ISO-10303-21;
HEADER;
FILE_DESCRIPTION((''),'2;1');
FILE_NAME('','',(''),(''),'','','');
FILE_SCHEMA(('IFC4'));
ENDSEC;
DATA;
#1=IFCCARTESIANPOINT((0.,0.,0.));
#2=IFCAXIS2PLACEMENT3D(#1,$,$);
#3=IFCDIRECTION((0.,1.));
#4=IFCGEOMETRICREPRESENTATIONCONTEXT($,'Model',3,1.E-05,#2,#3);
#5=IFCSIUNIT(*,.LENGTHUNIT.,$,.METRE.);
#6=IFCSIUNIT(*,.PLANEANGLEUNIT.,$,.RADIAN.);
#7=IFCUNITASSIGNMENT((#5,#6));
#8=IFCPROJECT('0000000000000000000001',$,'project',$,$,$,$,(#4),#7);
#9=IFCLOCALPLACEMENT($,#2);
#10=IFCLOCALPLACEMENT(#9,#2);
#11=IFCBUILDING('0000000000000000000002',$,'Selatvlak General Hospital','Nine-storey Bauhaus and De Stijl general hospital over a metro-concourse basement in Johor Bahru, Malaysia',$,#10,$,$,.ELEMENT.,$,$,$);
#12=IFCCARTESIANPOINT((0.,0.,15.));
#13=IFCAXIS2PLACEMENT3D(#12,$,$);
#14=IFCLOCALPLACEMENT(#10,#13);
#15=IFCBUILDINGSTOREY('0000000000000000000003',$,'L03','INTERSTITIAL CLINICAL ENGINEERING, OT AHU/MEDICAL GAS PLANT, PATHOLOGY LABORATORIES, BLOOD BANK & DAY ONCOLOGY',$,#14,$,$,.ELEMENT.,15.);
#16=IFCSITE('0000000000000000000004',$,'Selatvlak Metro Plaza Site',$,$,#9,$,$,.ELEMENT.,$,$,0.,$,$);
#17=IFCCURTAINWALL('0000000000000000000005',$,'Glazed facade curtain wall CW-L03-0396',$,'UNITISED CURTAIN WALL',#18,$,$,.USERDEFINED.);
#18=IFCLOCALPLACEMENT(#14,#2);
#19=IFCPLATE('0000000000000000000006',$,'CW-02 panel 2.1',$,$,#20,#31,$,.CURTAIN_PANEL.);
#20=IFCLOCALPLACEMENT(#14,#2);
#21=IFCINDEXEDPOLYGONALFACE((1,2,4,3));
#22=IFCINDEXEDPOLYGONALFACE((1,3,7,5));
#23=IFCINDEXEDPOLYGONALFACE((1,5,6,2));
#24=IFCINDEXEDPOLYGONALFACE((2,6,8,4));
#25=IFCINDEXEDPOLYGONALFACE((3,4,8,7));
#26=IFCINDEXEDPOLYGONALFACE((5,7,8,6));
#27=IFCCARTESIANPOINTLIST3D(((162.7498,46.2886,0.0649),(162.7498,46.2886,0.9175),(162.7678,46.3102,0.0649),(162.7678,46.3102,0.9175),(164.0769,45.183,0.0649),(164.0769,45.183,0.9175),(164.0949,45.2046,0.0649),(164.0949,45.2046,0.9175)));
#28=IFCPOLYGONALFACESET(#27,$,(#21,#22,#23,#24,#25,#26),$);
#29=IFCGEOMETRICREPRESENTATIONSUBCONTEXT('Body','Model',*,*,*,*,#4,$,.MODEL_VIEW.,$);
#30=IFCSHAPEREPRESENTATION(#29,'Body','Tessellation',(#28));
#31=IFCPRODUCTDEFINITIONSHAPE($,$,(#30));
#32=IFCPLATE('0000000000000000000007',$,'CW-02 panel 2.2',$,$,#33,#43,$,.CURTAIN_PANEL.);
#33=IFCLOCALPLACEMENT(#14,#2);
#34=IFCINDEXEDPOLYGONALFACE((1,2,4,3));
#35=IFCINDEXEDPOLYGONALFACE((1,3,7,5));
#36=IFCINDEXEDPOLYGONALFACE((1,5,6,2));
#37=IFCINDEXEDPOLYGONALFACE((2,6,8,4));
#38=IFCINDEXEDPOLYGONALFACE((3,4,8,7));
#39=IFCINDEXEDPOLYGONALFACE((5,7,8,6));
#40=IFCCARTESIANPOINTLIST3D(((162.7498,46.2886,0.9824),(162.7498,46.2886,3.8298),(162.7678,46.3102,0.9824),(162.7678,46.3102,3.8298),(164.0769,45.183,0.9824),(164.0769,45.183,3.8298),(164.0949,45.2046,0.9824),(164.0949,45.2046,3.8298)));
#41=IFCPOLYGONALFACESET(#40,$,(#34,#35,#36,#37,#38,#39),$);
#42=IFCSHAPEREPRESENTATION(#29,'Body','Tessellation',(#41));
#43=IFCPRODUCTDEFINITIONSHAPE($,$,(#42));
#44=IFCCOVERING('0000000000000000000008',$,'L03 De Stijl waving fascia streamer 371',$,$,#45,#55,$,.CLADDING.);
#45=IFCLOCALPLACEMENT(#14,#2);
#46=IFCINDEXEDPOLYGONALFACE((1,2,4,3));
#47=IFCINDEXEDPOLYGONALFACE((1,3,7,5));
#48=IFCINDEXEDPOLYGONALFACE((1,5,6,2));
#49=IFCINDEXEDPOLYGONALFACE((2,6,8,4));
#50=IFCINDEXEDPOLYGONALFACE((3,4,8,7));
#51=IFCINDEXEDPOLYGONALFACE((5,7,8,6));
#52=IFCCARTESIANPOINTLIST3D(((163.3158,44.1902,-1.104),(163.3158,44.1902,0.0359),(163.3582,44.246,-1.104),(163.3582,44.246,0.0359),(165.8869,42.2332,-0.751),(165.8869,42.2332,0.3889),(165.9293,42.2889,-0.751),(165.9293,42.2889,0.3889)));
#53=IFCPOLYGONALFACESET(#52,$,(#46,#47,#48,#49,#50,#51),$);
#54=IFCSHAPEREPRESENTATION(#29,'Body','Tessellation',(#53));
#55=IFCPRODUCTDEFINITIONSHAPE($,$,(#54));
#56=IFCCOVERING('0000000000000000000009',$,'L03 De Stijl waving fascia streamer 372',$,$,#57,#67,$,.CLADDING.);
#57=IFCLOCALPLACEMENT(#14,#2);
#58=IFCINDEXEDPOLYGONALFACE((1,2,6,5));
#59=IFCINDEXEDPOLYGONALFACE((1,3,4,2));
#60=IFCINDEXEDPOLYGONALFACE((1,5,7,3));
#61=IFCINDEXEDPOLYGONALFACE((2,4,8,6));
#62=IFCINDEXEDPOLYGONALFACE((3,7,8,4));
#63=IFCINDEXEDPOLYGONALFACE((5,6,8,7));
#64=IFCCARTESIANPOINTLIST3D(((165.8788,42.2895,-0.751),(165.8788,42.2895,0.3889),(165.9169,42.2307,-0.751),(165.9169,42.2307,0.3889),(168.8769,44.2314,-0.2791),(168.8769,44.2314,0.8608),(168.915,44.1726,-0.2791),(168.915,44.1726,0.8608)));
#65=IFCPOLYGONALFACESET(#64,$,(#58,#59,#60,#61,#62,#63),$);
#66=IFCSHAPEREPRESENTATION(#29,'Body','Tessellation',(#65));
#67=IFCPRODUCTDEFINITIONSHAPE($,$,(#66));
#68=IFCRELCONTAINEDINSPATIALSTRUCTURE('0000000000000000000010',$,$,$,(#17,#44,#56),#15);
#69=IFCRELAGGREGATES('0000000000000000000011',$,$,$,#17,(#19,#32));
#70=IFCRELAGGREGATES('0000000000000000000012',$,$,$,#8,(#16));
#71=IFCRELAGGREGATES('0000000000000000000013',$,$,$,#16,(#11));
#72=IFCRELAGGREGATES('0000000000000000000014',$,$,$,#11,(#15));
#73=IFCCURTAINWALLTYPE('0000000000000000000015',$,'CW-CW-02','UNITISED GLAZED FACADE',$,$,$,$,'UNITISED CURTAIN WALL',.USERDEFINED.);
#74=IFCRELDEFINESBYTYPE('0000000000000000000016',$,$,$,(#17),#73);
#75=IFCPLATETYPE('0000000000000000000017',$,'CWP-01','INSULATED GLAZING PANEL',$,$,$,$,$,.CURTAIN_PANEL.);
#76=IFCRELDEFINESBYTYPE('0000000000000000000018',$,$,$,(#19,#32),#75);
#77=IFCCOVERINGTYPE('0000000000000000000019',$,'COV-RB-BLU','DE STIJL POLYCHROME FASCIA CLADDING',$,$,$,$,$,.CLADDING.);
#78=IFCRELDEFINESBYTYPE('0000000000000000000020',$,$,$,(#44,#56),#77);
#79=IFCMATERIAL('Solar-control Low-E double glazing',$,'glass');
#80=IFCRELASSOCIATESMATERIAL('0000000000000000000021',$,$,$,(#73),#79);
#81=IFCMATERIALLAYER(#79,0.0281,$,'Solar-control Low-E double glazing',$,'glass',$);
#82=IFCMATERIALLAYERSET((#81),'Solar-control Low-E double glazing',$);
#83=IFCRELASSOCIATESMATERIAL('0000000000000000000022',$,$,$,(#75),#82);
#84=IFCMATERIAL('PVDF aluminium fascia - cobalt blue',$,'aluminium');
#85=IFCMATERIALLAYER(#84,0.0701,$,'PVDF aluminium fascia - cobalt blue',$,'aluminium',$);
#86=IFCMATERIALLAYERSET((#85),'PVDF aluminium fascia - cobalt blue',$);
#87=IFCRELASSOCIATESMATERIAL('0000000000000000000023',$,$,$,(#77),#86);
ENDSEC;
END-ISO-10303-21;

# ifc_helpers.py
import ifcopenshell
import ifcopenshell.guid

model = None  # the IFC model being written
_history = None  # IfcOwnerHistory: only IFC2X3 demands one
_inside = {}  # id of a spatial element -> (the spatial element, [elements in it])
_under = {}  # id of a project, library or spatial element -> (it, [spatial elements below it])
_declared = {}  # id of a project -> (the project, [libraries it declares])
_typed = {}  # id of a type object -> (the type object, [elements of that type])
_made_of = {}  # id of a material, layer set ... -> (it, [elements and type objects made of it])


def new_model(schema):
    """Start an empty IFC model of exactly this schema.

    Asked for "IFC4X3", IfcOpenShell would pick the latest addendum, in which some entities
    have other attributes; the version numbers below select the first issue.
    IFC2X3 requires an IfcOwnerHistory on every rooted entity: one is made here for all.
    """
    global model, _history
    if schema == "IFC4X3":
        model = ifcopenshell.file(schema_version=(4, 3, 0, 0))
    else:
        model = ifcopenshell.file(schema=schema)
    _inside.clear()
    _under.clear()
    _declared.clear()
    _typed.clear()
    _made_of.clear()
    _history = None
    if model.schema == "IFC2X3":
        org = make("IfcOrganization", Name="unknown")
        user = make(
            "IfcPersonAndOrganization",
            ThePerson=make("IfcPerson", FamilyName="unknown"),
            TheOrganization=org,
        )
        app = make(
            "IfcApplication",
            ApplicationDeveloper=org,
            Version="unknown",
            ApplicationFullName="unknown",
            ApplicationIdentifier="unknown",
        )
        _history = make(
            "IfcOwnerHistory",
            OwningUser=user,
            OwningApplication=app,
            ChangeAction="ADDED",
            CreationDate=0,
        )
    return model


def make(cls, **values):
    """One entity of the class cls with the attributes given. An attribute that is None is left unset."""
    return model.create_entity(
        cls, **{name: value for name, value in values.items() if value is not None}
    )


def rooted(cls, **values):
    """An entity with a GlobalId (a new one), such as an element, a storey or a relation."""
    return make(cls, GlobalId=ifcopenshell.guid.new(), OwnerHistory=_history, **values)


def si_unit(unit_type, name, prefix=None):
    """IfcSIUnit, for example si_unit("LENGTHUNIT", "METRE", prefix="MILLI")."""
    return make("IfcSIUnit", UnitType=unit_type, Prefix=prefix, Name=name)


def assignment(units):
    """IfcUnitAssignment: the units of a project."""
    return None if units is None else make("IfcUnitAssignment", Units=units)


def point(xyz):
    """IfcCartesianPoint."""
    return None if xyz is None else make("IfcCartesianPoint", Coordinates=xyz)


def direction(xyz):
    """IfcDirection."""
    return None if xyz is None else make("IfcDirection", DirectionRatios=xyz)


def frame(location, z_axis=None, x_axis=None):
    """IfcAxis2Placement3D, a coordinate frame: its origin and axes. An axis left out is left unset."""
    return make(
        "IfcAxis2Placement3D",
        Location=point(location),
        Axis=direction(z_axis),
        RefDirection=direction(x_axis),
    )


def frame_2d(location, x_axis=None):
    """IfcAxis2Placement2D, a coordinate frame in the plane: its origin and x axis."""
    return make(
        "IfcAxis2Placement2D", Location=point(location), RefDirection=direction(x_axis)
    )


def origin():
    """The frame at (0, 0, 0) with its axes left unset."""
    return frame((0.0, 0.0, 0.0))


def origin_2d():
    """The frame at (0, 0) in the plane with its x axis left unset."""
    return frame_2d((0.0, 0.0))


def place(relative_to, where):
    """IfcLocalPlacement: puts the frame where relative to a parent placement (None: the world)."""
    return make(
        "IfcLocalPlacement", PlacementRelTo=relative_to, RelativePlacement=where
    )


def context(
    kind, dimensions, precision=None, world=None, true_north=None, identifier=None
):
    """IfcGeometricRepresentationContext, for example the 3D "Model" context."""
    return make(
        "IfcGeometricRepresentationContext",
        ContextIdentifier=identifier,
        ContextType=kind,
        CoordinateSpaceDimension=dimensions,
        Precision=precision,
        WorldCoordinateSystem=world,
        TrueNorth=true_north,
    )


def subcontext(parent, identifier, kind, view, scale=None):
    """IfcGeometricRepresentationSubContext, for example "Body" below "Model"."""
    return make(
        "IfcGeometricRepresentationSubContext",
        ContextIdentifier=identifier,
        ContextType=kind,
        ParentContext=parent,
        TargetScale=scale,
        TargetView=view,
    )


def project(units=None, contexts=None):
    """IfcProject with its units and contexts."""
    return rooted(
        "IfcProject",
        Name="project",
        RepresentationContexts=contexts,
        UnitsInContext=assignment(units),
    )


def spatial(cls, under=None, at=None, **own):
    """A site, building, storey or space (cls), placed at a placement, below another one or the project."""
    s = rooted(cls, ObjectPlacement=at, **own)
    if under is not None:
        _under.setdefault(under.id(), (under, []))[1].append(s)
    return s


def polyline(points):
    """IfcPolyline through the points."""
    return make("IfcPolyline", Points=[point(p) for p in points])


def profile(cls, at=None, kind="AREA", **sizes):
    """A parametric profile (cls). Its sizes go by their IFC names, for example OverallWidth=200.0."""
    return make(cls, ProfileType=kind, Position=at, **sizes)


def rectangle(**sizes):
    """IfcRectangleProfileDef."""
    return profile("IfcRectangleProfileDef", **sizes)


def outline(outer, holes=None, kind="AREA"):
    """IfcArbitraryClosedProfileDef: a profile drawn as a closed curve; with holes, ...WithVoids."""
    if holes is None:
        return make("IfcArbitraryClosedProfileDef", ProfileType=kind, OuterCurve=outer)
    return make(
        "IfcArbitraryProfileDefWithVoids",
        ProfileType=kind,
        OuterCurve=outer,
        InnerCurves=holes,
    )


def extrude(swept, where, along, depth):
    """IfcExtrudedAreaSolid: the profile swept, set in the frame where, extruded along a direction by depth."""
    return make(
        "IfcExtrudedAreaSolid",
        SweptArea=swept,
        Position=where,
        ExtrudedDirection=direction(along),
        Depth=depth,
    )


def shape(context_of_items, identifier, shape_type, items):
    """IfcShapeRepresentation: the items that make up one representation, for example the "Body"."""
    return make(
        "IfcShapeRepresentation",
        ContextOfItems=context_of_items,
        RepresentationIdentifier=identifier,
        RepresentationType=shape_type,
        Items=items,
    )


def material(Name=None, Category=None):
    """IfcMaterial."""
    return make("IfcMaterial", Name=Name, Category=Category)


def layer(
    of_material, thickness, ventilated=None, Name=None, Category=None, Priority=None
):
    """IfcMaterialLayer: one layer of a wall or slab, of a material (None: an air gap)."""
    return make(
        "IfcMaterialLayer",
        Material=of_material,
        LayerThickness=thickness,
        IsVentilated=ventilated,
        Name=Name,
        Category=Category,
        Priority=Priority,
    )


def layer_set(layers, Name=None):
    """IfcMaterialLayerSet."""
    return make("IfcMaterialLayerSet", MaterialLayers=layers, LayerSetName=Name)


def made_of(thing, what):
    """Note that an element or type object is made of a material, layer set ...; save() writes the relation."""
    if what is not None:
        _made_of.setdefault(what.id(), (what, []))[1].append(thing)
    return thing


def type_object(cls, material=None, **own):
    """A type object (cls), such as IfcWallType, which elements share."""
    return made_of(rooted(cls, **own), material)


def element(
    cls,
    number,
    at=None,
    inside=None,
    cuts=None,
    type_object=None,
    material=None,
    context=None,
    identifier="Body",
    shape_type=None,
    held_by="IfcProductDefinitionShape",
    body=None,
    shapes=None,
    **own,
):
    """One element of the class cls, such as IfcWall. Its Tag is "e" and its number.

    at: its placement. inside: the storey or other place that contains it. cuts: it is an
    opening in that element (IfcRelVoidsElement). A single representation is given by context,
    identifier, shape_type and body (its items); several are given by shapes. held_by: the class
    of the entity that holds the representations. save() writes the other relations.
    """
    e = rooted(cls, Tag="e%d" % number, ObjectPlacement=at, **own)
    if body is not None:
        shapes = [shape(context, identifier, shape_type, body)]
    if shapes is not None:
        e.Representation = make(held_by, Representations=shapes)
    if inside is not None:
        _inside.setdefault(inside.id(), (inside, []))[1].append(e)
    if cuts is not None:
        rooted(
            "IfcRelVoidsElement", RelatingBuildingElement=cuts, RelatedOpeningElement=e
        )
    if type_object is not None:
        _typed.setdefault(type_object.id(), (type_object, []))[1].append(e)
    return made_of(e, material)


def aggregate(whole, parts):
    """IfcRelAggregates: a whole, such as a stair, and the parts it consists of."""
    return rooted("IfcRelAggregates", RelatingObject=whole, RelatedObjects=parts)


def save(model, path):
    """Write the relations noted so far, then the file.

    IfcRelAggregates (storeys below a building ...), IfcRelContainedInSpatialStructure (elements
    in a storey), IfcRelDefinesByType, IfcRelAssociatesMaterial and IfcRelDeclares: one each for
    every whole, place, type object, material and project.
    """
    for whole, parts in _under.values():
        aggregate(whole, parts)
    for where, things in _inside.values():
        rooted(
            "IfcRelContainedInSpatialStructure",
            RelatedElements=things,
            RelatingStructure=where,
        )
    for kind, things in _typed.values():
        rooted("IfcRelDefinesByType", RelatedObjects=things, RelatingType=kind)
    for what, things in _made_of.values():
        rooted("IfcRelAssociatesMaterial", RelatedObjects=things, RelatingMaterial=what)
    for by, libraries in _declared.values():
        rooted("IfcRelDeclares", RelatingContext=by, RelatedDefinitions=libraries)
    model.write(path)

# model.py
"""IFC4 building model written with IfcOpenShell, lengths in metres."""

from ifc_helpers import new_model, si_unit, direction, frame, origin, origin_2d, place, context, subcontext, project, spatial, polyline, rectangle, outline, extrude, material, layer, layer_set, type_object, element, aggregate, save


model = new_model("IFC4")

# Units and contexts
model_context = context("Model", 3, precision=1e-05, world=origin(), true_north=direction((0.0, 1.0)))
body_context = subcontext(model_context, "Body", "Model", "MODEL_VIEW")
ifc_project = project(units=[si_unit("LENGTHUNIT", "METRE"), si_unit("PLANEANGLEUNIT", "RADIAN")], contexts=[model_context])

# Site, building, storey
site_placement = place(None, origin())
site = spatial("IfcSite", under=ifc_project, at=site_placement, Name="Selatvlak Metro Plaza Site", CompositionType="ELEMENT", RefElevation=0.0)
building_placement = place(site_placement, origin())
building = spatial("IfcBuilding", under=site, at=building_placement, Name="Selatvlak General Hospital", Description="Nine-storey Bauhaus and De Stijl general hospital over a metro-concourse basement in Johor Bahru, Malaysia", CompositionType="ELEMENT")
storey_placement = place(building_placement, frame((0.0, 0.0, 15.0)))
storey = spatial("IfcBuildingStorey", under=building, at=storey_placement, Name="L03", Description="INTERSTITIAL CLINICAL ENGINEERING, OT AHU/MEDICAL GAS PLANT, PATHOLOGY LABORATORIES, BLOOD BANK & DAY ONCOLOGY", CompositionType="ELEMENT", Elevation=15.0)

# Shared definitions
ifc_material_1 = material(Name="Solar-control Low-E double glazing", Category="glass")

# Curtain wall
curtain_wall_type_1 = type_object("IfcCurtainWallType", Name="CW-CW-02", Description="UNITISED GLAZED FACADE", ElementType="UNITISED CURTAIN WALL", PredefinedType="USERDEFINED", material=ifc_material_1)
curtain_wall_1_placement = place(storey_placement, origin())
curtain_wall_1 = element("IfcCurtainWall", 1, at=curtain_wall_1_placement, inside=storey, type_object=curtain_wall_type_1, Name="Glazed facade curtain wall CW-L03-0396", ObjectType="UNITISED CURTAIN WALL", PredefinedType="USERDEFINED")

# Plates
ifc_layer_1 = layer(ifc_material_1, 0.0281, Name="Solar-control Low-E double glazing", Category="glass")
ifc_layer_set_1 = layer_set([ifc_layer_1], Name="Solar-control Low-E double glazing")
plate_type = type_object("IfcPlateType", Name="CWP-01", Description="INSULATED GLAZING PANEL", PredefinedType="CURTAIN_PANEL", material=ifc_layer_set_1)
plate_1_placement = place(storey_placement, frame((163.4224, 45.7466, 0.0649), z_axis=(0.0, 0.0, 1.0), x_axis=(-0.768311, 0.640077, 0.0)))
plate_1 = element("IfcPlate", 2, at=plate_1_placement, type_object=plate_type, Name="CW-02 panel 2.1", PredefinedType="CURTAIN_PANEL", context=body_context, shape_type="SweptSolid", body=[
    extrude(rectangle(XDim=1.7273, YDim=0.0281, at=origin_2d()), origin(), (0.0, 0.0, 1.0), 0.8525),
])
plate_2_placement = place(storey_placement, frame((163.4224, 45.7466, 0.9824), z_axis=(0.0, 0.0, 1.0), x_axis=(-0.768311, 0.640077, 0.0)))
plate_2 = element("IfcPlate", 3, at=plate_2_placement, type_object=plate_type, Name="CW-02 panel 2.2", PredefinedType="CURTAIN_PANEL", context=body_context, shape_type="SweptSolid", body=[
    extrude(rectangle(XDim=1.7273, YDim=0.0281, at=origin_2d()), origin(), (0.0, 0.0, 1.0), 2.8474),
])
aggregate(curtain_wall_1, [plate_1, plate_2])

# Coverings
ifc_material_2 = material(Name="PVDF aluminium fascia - cobalt blue", Category="aluminium")
ifc_layer_2 = layer(ifc_material_2, 0.0701, Name="PVDF aluminium fascia - cobalt blue", Category="aluminium")
ifc_layer_set_2 = layer_set([ifc_layer_2], Name="PVDF aluminium fascia - cobalt blue")
covering_type = type_object("IfcCoveringType", Name="COV-RB-BLU", Description="DE STIJL POLYCHROME FASCIA CLADDING", PredefinedType="CLADDING", material=ifc_layer_set_2)
covering_1_placement = place(storey_placement, frame((163.3369, 44.218, -1.104), z_axis=(0.0, 0.0, 1.0), x_axis=(0.795709, -0.605679, 0.0)))
element("IfcCovering", 4, at=covering_1_placement, inside=storey, type_object=covering_type, Name="L03 De Stijl waving fascia streamer 371", PredefinedType="CLADDING", context=body_context, shape_type="SweptSolid", body=[
    extrude(outline(polyline([(0.0, 0.0), (3.2312, 0.353), (3.2312, 1.4929), (0.0, 1.1399), (0.0, 0.0)])), frame((0.0, 0.0352, 0.0), z_axis=(0.0, -1.0, 0.0), x_axis=(1.0, 0.0, 0.0)), (0.0, 0.0, 1.0), 0.0701),
])
covering_2_placement = place(storey_placement, frame((165.8979, 42.26, -0.751), z_axis=(0.0, 0.0, 1.0), x_axis=(0.839317, 0.543642, 0.0)))
element("IfcCovering", 5, at=covering_2_placement, inside=storey, type_object=covering_type, Name="L03 De Stijl waving fascia streamer 372", PredefinedType="CLADDING", context=body_context, shape_type="SweptSolid", body=[
    extrude(outline(polyline([(0.0, 0.0), (3.572, 0.4719), (3.572, 1.6118), (0.0, 1.1399), (0.0, 0.0)])), frame((0.0, 0.0352, 0.0), z_axis=(0.0, -1.0, 0.0), x_axis=(1.0, 0.0, 0.0)), (0.0, 0.0, 1.0), 0.0701),
])

save(model, "model.ifc")
